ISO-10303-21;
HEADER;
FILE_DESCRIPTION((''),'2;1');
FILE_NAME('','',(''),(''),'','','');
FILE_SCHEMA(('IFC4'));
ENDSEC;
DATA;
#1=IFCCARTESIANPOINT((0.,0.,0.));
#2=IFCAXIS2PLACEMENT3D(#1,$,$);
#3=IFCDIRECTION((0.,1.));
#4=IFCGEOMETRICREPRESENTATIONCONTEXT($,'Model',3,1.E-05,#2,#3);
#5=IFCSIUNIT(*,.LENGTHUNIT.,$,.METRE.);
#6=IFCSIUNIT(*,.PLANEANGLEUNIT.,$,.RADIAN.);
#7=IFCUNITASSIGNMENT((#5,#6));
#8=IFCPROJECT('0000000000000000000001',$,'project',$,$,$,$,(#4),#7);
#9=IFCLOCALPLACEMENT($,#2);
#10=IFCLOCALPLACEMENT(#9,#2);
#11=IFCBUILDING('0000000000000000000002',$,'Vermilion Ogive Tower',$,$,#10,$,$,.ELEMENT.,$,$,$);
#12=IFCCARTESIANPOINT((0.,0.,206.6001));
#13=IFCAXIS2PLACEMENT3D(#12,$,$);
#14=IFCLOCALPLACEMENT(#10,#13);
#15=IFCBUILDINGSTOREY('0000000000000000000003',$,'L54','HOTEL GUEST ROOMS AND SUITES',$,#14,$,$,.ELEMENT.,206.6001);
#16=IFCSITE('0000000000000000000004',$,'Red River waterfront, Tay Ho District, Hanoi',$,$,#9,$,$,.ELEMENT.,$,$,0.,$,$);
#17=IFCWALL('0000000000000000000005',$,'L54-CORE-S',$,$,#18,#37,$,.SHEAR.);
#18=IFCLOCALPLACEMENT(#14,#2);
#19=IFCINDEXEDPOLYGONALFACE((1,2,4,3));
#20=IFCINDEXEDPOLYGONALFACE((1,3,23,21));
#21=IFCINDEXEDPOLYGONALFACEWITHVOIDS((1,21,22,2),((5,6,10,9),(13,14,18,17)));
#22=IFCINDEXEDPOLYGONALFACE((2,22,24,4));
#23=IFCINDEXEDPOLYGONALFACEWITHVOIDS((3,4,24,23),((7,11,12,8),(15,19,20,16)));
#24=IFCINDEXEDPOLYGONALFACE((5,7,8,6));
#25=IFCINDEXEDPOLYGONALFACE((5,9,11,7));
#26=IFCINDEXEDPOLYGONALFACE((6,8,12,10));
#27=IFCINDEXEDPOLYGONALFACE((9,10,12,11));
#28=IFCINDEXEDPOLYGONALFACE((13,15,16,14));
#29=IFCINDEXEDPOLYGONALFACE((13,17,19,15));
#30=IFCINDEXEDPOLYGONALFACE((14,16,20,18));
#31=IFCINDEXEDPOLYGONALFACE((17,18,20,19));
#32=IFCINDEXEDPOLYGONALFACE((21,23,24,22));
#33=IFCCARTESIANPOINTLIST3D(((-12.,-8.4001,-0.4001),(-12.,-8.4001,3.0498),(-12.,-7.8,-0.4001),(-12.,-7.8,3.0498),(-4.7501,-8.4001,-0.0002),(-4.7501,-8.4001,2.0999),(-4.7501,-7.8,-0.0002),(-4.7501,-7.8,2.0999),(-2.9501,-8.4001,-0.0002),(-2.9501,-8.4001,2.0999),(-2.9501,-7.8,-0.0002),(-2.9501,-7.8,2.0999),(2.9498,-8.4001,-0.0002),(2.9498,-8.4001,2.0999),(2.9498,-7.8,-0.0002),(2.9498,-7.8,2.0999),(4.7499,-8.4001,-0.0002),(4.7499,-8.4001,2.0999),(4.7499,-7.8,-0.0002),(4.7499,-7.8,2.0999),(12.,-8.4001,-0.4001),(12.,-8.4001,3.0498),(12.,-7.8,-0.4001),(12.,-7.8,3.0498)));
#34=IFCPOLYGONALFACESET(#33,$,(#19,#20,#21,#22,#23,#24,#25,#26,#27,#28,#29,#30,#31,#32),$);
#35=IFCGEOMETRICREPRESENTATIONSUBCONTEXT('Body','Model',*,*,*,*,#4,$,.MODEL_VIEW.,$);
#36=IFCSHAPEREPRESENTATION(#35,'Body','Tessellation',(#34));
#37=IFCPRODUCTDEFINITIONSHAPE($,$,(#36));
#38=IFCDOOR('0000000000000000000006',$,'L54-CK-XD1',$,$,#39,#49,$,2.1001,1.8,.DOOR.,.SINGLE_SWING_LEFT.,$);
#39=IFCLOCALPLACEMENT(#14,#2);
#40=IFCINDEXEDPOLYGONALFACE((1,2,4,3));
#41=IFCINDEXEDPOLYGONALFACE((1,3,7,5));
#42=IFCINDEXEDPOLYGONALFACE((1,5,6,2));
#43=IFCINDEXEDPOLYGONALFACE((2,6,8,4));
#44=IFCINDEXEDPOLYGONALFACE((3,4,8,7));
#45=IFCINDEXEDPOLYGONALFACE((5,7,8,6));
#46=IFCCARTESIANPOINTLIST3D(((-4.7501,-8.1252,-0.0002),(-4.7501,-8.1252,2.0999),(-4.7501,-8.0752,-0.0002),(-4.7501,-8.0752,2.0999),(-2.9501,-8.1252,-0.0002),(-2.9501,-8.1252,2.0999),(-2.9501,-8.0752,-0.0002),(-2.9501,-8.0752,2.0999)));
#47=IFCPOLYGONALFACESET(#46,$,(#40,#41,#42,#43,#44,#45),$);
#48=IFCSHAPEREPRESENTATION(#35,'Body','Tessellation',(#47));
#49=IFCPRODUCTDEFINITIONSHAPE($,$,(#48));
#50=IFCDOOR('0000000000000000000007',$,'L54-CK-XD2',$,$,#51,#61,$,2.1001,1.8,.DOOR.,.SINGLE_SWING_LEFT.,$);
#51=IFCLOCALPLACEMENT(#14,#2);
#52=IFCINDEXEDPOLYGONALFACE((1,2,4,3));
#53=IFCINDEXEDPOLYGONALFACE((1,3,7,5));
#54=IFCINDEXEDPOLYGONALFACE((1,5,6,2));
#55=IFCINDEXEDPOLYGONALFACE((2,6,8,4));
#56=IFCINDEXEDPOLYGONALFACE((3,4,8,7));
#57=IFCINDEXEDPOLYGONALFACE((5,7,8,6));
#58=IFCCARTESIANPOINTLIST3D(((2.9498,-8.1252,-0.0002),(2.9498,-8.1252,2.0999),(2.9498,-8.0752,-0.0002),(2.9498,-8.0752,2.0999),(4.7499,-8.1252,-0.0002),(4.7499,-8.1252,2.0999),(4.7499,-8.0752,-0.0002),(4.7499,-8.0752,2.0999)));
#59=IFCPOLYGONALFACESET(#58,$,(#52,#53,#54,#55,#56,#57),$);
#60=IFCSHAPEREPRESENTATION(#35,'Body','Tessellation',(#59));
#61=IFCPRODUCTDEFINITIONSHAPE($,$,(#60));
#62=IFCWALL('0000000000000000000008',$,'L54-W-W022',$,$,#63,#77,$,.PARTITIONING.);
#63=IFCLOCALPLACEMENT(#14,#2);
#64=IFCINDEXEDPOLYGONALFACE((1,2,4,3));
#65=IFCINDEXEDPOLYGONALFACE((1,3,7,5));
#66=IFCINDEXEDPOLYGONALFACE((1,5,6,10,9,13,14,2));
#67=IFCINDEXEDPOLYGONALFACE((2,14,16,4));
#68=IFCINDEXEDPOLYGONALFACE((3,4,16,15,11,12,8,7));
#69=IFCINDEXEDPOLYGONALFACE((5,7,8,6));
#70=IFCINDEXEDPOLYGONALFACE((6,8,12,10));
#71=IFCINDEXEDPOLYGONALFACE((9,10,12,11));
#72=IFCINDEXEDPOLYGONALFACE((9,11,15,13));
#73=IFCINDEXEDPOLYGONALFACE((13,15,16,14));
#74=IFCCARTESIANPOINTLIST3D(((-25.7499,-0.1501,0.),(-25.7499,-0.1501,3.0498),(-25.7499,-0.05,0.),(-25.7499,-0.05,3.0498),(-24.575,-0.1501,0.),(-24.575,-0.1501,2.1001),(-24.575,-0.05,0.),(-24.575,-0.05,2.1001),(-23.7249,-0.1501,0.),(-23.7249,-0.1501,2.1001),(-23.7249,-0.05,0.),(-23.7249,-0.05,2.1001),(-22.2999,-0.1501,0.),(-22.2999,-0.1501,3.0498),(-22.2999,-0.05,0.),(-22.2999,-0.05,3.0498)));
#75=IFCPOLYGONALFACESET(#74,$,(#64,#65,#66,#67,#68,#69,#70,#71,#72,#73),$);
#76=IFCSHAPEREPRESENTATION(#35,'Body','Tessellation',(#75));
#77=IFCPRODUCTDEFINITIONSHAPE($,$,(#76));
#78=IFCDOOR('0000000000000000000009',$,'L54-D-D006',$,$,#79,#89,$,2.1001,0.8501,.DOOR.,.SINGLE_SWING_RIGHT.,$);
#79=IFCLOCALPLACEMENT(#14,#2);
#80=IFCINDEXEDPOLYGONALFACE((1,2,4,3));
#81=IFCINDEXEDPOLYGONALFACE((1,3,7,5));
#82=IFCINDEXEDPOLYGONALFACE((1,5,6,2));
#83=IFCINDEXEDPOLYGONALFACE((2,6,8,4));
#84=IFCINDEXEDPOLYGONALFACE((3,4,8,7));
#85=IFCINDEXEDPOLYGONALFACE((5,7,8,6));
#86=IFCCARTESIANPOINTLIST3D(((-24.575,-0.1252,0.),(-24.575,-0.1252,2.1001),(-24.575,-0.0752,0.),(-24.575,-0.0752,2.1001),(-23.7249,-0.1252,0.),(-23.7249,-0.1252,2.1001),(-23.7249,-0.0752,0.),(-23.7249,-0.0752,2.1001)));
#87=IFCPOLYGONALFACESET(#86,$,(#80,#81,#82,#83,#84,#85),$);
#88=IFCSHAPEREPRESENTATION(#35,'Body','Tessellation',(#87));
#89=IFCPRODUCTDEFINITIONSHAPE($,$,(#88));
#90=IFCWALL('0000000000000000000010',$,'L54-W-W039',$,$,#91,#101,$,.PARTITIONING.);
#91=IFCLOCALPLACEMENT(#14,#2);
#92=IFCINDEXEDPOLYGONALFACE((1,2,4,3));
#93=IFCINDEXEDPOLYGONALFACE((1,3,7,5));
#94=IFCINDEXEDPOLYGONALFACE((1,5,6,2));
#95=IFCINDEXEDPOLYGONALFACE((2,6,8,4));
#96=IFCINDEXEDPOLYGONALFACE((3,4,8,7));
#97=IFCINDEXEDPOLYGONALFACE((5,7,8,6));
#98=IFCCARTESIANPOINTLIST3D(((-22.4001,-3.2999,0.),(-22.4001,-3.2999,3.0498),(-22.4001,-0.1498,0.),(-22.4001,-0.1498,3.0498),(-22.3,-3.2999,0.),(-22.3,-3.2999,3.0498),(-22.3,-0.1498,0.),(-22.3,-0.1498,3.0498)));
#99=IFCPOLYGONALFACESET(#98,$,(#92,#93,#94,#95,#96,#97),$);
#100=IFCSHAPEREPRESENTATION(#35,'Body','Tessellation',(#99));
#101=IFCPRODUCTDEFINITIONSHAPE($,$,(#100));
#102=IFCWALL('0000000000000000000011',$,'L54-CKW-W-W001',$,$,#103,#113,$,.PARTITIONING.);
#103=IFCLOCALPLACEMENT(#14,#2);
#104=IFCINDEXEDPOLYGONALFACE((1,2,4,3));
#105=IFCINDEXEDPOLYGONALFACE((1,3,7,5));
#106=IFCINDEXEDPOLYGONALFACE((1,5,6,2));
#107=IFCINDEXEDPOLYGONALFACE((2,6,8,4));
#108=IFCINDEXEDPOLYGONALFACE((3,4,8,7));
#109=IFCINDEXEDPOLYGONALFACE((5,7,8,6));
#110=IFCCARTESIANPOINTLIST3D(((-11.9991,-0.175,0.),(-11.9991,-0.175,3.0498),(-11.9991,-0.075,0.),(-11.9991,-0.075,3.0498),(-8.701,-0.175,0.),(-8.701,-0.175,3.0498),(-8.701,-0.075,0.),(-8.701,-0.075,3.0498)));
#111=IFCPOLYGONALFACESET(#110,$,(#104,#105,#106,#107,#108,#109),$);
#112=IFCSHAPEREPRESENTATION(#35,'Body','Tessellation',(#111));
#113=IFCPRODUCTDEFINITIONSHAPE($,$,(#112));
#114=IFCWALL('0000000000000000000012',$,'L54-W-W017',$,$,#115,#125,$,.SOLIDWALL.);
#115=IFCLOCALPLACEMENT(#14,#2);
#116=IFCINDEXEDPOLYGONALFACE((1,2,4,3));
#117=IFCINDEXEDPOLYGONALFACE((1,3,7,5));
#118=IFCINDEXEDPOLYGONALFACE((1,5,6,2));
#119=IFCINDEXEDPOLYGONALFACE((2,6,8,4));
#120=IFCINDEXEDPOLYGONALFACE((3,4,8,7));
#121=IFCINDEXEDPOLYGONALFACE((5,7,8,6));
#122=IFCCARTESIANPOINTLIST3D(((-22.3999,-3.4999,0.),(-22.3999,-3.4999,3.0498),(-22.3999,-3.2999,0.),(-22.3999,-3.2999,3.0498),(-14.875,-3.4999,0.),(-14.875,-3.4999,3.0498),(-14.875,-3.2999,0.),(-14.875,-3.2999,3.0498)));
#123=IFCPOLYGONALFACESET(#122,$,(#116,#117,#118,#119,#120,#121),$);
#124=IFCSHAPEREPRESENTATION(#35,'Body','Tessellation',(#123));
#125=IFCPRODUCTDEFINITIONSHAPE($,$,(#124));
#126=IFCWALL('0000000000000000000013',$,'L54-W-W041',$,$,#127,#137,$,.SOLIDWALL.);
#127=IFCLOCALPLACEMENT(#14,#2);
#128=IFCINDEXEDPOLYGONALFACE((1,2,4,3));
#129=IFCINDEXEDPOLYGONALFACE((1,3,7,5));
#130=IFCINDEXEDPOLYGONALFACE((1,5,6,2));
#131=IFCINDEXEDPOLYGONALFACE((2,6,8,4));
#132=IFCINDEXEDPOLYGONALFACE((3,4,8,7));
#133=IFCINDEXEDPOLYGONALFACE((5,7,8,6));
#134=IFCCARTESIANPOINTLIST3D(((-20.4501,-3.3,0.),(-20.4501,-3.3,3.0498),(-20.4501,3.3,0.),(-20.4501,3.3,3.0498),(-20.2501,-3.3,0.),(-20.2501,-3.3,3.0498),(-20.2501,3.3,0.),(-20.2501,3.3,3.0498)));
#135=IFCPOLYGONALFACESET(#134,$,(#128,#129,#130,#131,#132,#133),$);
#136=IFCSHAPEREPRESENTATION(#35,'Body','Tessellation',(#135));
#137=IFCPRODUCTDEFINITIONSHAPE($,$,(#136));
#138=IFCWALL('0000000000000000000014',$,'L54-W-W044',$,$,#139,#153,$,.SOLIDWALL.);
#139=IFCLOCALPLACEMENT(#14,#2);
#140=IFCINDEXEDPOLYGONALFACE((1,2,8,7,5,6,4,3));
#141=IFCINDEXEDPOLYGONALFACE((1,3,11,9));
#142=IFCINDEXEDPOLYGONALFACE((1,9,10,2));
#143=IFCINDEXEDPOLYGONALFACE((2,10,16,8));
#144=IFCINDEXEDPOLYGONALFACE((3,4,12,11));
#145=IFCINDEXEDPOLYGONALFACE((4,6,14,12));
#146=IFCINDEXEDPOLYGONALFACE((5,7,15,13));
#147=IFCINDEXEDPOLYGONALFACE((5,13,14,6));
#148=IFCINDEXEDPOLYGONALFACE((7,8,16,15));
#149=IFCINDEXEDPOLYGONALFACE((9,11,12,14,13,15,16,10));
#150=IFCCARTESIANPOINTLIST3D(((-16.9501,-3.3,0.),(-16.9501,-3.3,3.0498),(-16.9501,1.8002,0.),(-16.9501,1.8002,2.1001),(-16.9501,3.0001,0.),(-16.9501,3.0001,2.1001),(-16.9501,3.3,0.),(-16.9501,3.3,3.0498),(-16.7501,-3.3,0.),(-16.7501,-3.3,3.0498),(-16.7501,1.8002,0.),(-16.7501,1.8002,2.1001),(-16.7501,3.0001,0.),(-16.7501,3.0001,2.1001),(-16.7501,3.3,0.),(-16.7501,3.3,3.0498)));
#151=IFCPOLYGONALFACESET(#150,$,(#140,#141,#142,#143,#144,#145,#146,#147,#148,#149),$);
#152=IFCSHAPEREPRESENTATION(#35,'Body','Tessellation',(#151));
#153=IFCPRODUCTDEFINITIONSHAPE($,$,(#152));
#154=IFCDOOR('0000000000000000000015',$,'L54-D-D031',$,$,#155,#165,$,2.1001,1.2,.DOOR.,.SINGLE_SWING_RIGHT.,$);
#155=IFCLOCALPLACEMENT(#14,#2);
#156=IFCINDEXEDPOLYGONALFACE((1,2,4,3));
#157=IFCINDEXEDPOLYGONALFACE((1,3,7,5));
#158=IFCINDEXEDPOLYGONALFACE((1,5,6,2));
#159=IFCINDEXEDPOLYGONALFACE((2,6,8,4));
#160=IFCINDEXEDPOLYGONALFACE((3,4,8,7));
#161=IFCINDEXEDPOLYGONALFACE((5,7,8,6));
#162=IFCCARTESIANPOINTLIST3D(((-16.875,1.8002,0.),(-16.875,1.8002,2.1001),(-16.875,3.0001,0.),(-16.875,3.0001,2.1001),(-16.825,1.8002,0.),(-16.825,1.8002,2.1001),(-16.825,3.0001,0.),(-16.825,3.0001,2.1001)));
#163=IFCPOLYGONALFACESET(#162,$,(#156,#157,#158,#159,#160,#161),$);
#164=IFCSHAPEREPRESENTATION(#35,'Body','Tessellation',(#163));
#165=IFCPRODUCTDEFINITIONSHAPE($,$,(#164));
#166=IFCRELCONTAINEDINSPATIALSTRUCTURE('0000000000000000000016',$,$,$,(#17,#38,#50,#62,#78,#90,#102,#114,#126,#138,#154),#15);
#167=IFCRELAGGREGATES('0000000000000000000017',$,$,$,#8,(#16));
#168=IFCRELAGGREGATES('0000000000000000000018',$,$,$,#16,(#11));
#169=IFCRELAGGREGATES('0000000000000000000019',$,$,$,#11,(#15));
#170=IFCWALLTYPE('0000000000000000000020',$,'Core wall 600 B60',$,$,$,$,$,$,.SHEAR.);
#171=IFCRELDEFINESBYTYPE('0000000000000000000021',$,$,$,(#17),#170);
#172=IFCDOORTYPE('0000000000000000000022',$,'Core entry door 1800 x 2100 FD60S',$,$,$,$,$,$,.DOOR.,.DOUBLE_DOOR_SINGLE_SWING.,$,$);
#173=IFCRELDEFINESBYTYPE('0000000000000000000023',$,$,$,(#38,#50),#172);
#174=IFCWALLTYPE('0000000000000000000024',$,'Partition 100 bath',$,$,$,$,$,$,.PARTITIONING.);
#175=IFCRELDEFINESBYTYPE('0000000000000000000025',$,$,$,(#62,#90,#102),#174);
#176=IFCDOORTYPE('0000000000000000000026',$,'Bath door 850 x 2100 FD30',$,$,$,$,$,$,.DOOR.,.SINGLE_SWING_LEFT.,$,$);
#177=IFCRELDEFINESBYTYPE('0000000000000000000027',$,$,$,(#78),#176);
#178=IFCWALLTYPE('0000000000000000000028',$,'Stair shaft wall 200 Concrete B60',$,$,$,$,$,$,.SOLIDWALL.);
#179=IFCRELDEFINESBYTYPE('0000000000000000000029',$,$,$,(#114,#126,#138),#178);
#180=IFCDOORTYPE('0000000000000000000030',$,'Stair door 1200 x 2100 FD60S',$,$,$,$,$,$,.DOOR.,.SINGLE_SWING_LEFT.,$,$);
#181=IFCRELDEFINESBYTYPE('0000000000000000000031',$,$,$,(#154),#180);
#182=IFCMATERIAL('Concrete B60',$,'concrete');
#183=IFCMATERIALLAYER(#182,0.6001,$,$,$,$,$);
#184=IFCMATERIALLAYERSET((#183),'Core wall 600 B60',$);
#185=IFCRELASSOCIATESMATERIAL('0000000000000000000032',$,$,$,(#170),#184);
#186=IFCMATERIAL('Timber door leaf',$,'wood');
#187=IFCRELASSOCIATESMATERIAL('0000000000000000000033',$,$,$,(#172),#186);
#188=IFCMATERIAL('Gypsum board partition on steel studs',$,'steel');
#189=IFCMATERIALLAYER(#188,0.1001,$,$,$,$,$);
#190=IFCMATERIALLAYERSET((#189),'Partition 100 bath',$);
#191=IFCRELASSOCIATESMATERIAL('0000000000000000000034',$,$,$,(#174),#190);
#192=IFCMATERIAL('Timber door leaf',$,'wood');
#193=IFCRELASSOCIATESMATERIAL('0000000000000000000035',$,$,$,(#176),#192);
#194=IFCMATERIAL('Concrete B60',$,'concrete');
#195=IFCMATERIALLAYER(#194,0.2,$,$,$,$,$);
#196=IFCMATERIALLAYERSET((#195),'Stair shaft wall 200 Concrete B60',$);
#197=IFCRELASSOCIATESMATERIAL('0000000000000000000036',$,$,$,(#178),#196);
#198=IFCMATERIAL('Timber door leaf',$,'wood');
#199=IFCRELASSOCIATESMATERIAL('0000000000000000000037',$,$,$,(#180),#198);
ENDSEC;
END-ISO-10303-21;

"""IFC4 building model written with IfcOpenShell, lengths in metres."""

from ifc_helpers import new_model, si_unit, direction, frame, frame_2d, origin, place, context, subcontext, project, spatial, rectangle, extrude, material, layer, layer_set, type_object, element, fill, save


model = new_model("IFC4")

# Units and contexts
model_context = context("Model", 3, precision=1e-05, world=origin(), true_north=direction((0.0, 1.0)))
body_context = subcontext(model_context, "Body", "Model", "MODEL_VIEW")
ifc_project = project(units=[si_unit("LENGTHUNIT", "METRE"), si_unit("PLANEANGLEUNIT", "RADIAN")], contexts=[model_context])

# Site, building, storey
site_placement = place(None, origin())
site = spatial("IfcSite", under=ifc_project, at=site_placement, Name="Red River waterfront, Tay Ho District, Hanoi", CompositionType="ELEMENT", RefElevation=0.0)
building_placement = place(site_placement, origin())
building = spatial("IfcBuilding", under=site, at=building_placement, Name="Vermilion Ogive Tower", CompositionType="ELEMENT")
storey_placement = place(building_placement, frame((0.0, 0.0, 206.6001)))
storey = spatial("IfcBuildingStorey", under=building, at=storey_placement, Name="L54", Description="HOTEL GUEST ROOMS AND SUITES", CompositionType="ELEMENT", Elevation=206.6001)

# Wall, openings, doors
ifc_material_1 = material(Name="Concrete B60", Category="concrete")
ifc_layer_1 = layer(ifc_material_1, 0.6001)
ifc_layer_set_1 = layer_set([ifc_layer_1], Name="Core wall 600 B60")
wall_type_1 = type_object("IfcWallType", Name="Core wall 600 B60", PredefinedType="SHEAR", material=ifc_layer_set_1)
wall_1_placement = place(storey_placement, frame((-12.0, -8.1001, -0.4001), z_axis=(0.0, 0.0, 1.0), x_axis=(1.0, 0.0, 0.0)))
wall_1 = element("IfcWall", 1, at=wall_1_placement, inside=storey, type_object=wall_type_1, Name="L54-CORE-S", PredefinedType="SHEAR", context=body_context, shape_type="SweptSolid", body=[
    extrude(rectangle(XDim=24.0, YDim=0.6001, at=frame_2d((12.0, 0.0))), origin(), (0.0, 0.0, 1.0), 3.45),
])
opening_1_placement = place(wall_1_placement, frame((7.25, 0.0, 0.3999)))
opening_1 = element("IfcOpeningElement", 2, at=opening_1_placement, cuts=wall_1, PredefinedType="OPENING", context=body_context, shape_type="SweptSolid", body=[
    extrude(rectangle(XDim=1.8, YDim=2.1001, at=frame_2d((0.8999, 1.05))), frame((0.0, 0.3101, 0.0), z_axis=(0.0, -1.0, 0.0), x_axis=(1.0, 0.0, 0.0)), (0.0, 0.0, 1.0), 0.6201),
])
opening_2_placement = place(wall_1_placement, frame((14.95, 0.0, 0.3999)))
opening_2 = element("IfcOpeningElement", 3, at=opening_2_placement, cuts=wall_1, PredefinedType="OPENING", context=body_context, shape_type="SweptSolid", body=[
    extrude(rectangle(XDim=1.8, YDim=2.1001, at=frame_2d((0.8999, 1.05))), frame((0.0, 0.3101, 0.0), z_axis=(0.0, -1.0, 0.0), x_axis=(1.0, 0.0, 0.0)), (0.0, 0.0, 1.0), 0.6201),
])
ifc_material_2 = material(Name="Timber door leaf", Category="wood")
door_type_1 = type_object("IfcDoorType", Name="Core entry door 1800 x 2100 FD60S", OperationType="DOUBLE_DOOR_SINGLE_SWING", PredefinedType="DOOR", material=ifc_material_2)
door_1_placement = place(opening_1_placement, origin())
door_1 = element("IfcDoor", 4, at=door_1_placement, inside=storey, type_object=door_type_1, Name="L54-CK-XD1", OperationType="SINGLE_SWING_LEFT", OverallHeight=2.1001, OverallWidth=1.8, PredefinedType="DOOR", context=body_context, shape_type="SweptSolid", body=[
    extrude(rectangle(XDim=1.8, YDim=2.1001, at=frame_2d((0.8999, 1.05))), frame((0.0, 0.0249, 0.0), z_axis=(0.0, -1.0, 0.0), x_axis=(1.0, 0.0, 0.0)), (0.0, 0.0, 1.0), 0.05),
])
fill(opening_1, door_1)
door_2_placement = place(opening_2_placement, origin())
door_2 = element("IfcDoor", 5, at=door_2_placement, inside=storey, type_object=door_type_1, Name="L54-CK-XD2", OperationType="SINGLE_SWING_LEFT", OverallHeight=2.1001, OverallWidth=1.8, PredefinedType="DOOR", context=body_context, shape_type="SweptSolid", body=[
    extrude(rectangle(XDim=1.8, YDim=2.1001, at=frame_2d((0.8999, 1.05))), frame((0.0, 0.0249, 0.0), z_axis=(0.0, -1.0, 0.0), x_axis=(1.0, 0.0, 0.0)), (0.0, 0.0, 1.0), 0.05),
])
fill(opening_2, door_2)

# Wall, opening, door
ifc_material_3 = material(Name="Gypsum board partition on steel studs", Category="steel")
ifc_layer_2 = layer(ifc_material_3, 0.1001)
ifc_layer_set_2 = layer_set([ifc_layer_2], Name="Partition 100 bath")
wall_type_2 = type_object("IfcWallType", Name="Partition 100 bath", PredefinedType="PARTITIONING", material=ifc_layer_set_2)
wall_2_placement = place(storey_placement, frame((-25.75, -0.1001, 0.0), z_axis=(0.0, 0.0, 1.0), x_axis=(1.0, 0.0, 0.0)))
wall_2 = element("IfcWall", 6, at=wall_2_placement, inside=storey, type_object=wall_type_2, Name="L54-W-W022", PredefinedType="PARTITIONING", context=body_context, shape_type="SweptSolid", body=[
    extrude(rectangle(XDim=3.45, YDim=0.1001, at=frame_2d((1.7251, 0.0))), origin(), (0.0, 0.0, 1.0), 3.0498),
])
opening_3_placement = place(wall_2_placement, frame((1.175, 0.0, 0.0)))
opening_3 = element("IfcOpeningElement", 7, at=opening_3_placement, cuts=wall_2, PredefinedType="OPENING", context=body_context, shape_type="SweptSolid", body=[
    extrude(rectangle(XDim=0.8501, YDim=2.1001, at=frame_2d((0.425, 1.05))), frame((0.0, 0.0601, 0.0), z_axis=(0.0, -1.0, 0.0), x_axis=(1.0, 0.0, 0.0)), (0.0, 0.0, 1.0), 0.1201),
])
ifc_material_4 = material(Name="Timber door leaf", Category="wood")
door_type_2 = type_object("IfcDoorType", Name="Bath door 850 x 2100 FD30", OperationType="SINGLE_SWING_LEFT", PredefinedType="DOOR", material=ifc_material_4)
door_3_placement = place(opening_3_placement, origin())
door_3 = element("IfcDoor", 8, at=door_3_placement, inside=storey, type_object=door_type_2, Name="L54-D-D006", OperationType="SINGLE_SWING_RIGHT", OverallHeight=2.1001, OverallWidth=0.8501, PredefinedType="DOOR", context=body_context, shape_type="SweptSolid", body=[
    extrude(rectangle(XDim=0.8501, YDim=2.1001, at=frame_2d((0.425, 1.05))), frame((0.0, 0.0249, 0.0), z_axis=(0.0, -1.0, 0.0), x_axis=(1.0, 0.0, 0.0)), (0.0, 0.0, 1.0), 0.05),
])
fill(opening_3, door_3)

# Walls
wall_3_placement = place(storey_placement, frame((-22.3501, -3.3, 0.0), z_axis=(0.0, 0.0, 1.0), x_axis=(0.0, 1.0, 0.0)))
element("IfcWall", 9, at=wall_3_placement, inside=storey, type_object=wall_type_2, Name="L54-W-W039", PredefinedType="PARTITIONING", context=body_context, shape_type="SweptSolid", body=[
    extrude(rectangle(XDim=3.1501, YDim=0.1001, at=frame_2d((1.5752, 0.0))), origin(), (0.0, 0.0, 1.0), 3.0498),
])
wall_4_placement = place(storey_placement, frame((-11.999, -0.125, 0.0), z_axis=(0.0, 0.0, 1.0), x_axis=(1.0, 0.0, 0.0)))
element("IfcWall", 10, at=wall_4_placement, inside=storey, type_object=wall_type_2, Name="L54-CKW-W-W001", PredefinedType="PARTITIONING", context=body_context, shape_type="SweptSolid", body=[
    extrude(rectangle(XDim=3.2981, YDim=0.1001, at=frame_2d((1.6489, 0.0))), origin(), (0.0, 0.0, 1.0), 3.0498),
])
ifc_material_5 = material(Name="Concrete B60", Category="concrete")
ifc_layer_3 = layer(ifc_material_5, 0.2)
ifc_layer_set_3 = layer_set([ifc_layer_3], Name="Stair shaft wall 200 Concrete B60")
wall_type_3 = type_object("IfcWallType", Name="Stair shaft wall 200 Concrete B60", PredefinedType="SOLIDWALL", material=ifc_layer_set_3)
wall_5_placement = place(storey_placement, frame((-22.3999, -3.3999, 0.0), z_axis=(0.0, 0.0, 1.0), x_axis=(1.0, 0.0, 0.0)))
element("IfcWall", 11, at=wall_5_placement, inside=storey, type_object=wall_type_3, Name="L54-W-W017", PredefinedType="SOLIDWALL", context=body_context, shape_type="SweptSolid", body=[
    extrude(rectangle(XDim=7.5249, YDim=0.2, at=frame_2d((3.7625, 0.0))), origin(), (0.0, 0.0, 1.0), 3.0498),
])
wall_6_placement = place(storey_placement, frame((-20.3501, -3.3, 0.0), z_axis=(0.0, 0.0, 1.0), x_axis=(0.0, 1.0, 0.0)))
element("IfcWall", 12, at=wall_6_placement, inside=storey, type_object=wall_type_3, Name="L54-W-W041", PredefinedType="SOLIDWALL", context=body_context, shape_type="SweptSolid", body=[
    extrude(rectangle(XDim=6.6001, YDim=0.2, at=frame_2d((3.3, 0.0))), origin(), (0.0, 0.0, 1.0), 3.0498),
])

# Wall, opening, door
wall_7_placement = place(storey_placement, frame((-16.8501, -3.3, 0.0), z_axis=(0.0, 0.0, 1.0), x_axis=(0.0, 1.0, 0.0)))
wall_7 = element("IfcWall", 13, at=wall_7_placement, inside=storey, type_object=wall_type_3, Name="L54-W-W044", PredefinedType="SOLIDWALL", context=body_context, shape_type="SweptSolid", body=[
    extrude(rectangle(XDim=6.6001, YDim=0.2, at=frame_2d((3.3, 0.0))), origin(), (0.0, 0.0, 1.0), 3.0498),
])
opening_4_placement = place(wall_7_placement, frame((5.1001, 0.0, 0.0)))
opening_4 = element("IfcOpeningElement", 14, at=opening_4_placement, cuts=wall_7, PredefinedType="OPENING", context=body_context, shape_type="SweptSolid", body=[
    extrude(rectangle(XDim=1.2, YDim=2.1001, at=frame_2d((0.6001, 1.05))), frame((0.0, 0.1099, 0.0), z_axis=(0.0, -1.0, 0.0), x_axis=(1.0, 0.0, 0.0)), (0.0, 0.0, 1.0), 0.22),
])
ifc_material_6 = material(Name="Timber door leaf", Category="wood")
door_type_3 = type_object("IfcDoorType", Name="Stair door 1200 x 2100 FD60S", OperationType="SINGLE_SWING_LEFT", PredefinedType="DOOR", material=ifc_material_6)
door_4_placement = place(opening_4_placement, origin())
door_4 = element("IfcDoor", 15, at=door_4_placement, inside=storey, type_object=door_type_3, Name="L54-D-D031", OperationType="SINGLE_SWING_RIGHT", OverallHeight=2.1001, OverallWidth=1.2, PredefinedType="DOOR", context=body_context, shape_type="SweptSolid", body=[
    extrude(rectangle(XDim=1.2, YDim=2.1001, at=frame_2d((0.6001, 1.05))), frame((0.0, 0.0249, 0.0), z_axis=(0.0, -1.0, 0.0), x_axis=(1.0, 0.0, 0.0)), (0.0, 0.0, 1.0), 0.05),
])
fill(opening_4, door_4)

save(model, "model.ifc")
